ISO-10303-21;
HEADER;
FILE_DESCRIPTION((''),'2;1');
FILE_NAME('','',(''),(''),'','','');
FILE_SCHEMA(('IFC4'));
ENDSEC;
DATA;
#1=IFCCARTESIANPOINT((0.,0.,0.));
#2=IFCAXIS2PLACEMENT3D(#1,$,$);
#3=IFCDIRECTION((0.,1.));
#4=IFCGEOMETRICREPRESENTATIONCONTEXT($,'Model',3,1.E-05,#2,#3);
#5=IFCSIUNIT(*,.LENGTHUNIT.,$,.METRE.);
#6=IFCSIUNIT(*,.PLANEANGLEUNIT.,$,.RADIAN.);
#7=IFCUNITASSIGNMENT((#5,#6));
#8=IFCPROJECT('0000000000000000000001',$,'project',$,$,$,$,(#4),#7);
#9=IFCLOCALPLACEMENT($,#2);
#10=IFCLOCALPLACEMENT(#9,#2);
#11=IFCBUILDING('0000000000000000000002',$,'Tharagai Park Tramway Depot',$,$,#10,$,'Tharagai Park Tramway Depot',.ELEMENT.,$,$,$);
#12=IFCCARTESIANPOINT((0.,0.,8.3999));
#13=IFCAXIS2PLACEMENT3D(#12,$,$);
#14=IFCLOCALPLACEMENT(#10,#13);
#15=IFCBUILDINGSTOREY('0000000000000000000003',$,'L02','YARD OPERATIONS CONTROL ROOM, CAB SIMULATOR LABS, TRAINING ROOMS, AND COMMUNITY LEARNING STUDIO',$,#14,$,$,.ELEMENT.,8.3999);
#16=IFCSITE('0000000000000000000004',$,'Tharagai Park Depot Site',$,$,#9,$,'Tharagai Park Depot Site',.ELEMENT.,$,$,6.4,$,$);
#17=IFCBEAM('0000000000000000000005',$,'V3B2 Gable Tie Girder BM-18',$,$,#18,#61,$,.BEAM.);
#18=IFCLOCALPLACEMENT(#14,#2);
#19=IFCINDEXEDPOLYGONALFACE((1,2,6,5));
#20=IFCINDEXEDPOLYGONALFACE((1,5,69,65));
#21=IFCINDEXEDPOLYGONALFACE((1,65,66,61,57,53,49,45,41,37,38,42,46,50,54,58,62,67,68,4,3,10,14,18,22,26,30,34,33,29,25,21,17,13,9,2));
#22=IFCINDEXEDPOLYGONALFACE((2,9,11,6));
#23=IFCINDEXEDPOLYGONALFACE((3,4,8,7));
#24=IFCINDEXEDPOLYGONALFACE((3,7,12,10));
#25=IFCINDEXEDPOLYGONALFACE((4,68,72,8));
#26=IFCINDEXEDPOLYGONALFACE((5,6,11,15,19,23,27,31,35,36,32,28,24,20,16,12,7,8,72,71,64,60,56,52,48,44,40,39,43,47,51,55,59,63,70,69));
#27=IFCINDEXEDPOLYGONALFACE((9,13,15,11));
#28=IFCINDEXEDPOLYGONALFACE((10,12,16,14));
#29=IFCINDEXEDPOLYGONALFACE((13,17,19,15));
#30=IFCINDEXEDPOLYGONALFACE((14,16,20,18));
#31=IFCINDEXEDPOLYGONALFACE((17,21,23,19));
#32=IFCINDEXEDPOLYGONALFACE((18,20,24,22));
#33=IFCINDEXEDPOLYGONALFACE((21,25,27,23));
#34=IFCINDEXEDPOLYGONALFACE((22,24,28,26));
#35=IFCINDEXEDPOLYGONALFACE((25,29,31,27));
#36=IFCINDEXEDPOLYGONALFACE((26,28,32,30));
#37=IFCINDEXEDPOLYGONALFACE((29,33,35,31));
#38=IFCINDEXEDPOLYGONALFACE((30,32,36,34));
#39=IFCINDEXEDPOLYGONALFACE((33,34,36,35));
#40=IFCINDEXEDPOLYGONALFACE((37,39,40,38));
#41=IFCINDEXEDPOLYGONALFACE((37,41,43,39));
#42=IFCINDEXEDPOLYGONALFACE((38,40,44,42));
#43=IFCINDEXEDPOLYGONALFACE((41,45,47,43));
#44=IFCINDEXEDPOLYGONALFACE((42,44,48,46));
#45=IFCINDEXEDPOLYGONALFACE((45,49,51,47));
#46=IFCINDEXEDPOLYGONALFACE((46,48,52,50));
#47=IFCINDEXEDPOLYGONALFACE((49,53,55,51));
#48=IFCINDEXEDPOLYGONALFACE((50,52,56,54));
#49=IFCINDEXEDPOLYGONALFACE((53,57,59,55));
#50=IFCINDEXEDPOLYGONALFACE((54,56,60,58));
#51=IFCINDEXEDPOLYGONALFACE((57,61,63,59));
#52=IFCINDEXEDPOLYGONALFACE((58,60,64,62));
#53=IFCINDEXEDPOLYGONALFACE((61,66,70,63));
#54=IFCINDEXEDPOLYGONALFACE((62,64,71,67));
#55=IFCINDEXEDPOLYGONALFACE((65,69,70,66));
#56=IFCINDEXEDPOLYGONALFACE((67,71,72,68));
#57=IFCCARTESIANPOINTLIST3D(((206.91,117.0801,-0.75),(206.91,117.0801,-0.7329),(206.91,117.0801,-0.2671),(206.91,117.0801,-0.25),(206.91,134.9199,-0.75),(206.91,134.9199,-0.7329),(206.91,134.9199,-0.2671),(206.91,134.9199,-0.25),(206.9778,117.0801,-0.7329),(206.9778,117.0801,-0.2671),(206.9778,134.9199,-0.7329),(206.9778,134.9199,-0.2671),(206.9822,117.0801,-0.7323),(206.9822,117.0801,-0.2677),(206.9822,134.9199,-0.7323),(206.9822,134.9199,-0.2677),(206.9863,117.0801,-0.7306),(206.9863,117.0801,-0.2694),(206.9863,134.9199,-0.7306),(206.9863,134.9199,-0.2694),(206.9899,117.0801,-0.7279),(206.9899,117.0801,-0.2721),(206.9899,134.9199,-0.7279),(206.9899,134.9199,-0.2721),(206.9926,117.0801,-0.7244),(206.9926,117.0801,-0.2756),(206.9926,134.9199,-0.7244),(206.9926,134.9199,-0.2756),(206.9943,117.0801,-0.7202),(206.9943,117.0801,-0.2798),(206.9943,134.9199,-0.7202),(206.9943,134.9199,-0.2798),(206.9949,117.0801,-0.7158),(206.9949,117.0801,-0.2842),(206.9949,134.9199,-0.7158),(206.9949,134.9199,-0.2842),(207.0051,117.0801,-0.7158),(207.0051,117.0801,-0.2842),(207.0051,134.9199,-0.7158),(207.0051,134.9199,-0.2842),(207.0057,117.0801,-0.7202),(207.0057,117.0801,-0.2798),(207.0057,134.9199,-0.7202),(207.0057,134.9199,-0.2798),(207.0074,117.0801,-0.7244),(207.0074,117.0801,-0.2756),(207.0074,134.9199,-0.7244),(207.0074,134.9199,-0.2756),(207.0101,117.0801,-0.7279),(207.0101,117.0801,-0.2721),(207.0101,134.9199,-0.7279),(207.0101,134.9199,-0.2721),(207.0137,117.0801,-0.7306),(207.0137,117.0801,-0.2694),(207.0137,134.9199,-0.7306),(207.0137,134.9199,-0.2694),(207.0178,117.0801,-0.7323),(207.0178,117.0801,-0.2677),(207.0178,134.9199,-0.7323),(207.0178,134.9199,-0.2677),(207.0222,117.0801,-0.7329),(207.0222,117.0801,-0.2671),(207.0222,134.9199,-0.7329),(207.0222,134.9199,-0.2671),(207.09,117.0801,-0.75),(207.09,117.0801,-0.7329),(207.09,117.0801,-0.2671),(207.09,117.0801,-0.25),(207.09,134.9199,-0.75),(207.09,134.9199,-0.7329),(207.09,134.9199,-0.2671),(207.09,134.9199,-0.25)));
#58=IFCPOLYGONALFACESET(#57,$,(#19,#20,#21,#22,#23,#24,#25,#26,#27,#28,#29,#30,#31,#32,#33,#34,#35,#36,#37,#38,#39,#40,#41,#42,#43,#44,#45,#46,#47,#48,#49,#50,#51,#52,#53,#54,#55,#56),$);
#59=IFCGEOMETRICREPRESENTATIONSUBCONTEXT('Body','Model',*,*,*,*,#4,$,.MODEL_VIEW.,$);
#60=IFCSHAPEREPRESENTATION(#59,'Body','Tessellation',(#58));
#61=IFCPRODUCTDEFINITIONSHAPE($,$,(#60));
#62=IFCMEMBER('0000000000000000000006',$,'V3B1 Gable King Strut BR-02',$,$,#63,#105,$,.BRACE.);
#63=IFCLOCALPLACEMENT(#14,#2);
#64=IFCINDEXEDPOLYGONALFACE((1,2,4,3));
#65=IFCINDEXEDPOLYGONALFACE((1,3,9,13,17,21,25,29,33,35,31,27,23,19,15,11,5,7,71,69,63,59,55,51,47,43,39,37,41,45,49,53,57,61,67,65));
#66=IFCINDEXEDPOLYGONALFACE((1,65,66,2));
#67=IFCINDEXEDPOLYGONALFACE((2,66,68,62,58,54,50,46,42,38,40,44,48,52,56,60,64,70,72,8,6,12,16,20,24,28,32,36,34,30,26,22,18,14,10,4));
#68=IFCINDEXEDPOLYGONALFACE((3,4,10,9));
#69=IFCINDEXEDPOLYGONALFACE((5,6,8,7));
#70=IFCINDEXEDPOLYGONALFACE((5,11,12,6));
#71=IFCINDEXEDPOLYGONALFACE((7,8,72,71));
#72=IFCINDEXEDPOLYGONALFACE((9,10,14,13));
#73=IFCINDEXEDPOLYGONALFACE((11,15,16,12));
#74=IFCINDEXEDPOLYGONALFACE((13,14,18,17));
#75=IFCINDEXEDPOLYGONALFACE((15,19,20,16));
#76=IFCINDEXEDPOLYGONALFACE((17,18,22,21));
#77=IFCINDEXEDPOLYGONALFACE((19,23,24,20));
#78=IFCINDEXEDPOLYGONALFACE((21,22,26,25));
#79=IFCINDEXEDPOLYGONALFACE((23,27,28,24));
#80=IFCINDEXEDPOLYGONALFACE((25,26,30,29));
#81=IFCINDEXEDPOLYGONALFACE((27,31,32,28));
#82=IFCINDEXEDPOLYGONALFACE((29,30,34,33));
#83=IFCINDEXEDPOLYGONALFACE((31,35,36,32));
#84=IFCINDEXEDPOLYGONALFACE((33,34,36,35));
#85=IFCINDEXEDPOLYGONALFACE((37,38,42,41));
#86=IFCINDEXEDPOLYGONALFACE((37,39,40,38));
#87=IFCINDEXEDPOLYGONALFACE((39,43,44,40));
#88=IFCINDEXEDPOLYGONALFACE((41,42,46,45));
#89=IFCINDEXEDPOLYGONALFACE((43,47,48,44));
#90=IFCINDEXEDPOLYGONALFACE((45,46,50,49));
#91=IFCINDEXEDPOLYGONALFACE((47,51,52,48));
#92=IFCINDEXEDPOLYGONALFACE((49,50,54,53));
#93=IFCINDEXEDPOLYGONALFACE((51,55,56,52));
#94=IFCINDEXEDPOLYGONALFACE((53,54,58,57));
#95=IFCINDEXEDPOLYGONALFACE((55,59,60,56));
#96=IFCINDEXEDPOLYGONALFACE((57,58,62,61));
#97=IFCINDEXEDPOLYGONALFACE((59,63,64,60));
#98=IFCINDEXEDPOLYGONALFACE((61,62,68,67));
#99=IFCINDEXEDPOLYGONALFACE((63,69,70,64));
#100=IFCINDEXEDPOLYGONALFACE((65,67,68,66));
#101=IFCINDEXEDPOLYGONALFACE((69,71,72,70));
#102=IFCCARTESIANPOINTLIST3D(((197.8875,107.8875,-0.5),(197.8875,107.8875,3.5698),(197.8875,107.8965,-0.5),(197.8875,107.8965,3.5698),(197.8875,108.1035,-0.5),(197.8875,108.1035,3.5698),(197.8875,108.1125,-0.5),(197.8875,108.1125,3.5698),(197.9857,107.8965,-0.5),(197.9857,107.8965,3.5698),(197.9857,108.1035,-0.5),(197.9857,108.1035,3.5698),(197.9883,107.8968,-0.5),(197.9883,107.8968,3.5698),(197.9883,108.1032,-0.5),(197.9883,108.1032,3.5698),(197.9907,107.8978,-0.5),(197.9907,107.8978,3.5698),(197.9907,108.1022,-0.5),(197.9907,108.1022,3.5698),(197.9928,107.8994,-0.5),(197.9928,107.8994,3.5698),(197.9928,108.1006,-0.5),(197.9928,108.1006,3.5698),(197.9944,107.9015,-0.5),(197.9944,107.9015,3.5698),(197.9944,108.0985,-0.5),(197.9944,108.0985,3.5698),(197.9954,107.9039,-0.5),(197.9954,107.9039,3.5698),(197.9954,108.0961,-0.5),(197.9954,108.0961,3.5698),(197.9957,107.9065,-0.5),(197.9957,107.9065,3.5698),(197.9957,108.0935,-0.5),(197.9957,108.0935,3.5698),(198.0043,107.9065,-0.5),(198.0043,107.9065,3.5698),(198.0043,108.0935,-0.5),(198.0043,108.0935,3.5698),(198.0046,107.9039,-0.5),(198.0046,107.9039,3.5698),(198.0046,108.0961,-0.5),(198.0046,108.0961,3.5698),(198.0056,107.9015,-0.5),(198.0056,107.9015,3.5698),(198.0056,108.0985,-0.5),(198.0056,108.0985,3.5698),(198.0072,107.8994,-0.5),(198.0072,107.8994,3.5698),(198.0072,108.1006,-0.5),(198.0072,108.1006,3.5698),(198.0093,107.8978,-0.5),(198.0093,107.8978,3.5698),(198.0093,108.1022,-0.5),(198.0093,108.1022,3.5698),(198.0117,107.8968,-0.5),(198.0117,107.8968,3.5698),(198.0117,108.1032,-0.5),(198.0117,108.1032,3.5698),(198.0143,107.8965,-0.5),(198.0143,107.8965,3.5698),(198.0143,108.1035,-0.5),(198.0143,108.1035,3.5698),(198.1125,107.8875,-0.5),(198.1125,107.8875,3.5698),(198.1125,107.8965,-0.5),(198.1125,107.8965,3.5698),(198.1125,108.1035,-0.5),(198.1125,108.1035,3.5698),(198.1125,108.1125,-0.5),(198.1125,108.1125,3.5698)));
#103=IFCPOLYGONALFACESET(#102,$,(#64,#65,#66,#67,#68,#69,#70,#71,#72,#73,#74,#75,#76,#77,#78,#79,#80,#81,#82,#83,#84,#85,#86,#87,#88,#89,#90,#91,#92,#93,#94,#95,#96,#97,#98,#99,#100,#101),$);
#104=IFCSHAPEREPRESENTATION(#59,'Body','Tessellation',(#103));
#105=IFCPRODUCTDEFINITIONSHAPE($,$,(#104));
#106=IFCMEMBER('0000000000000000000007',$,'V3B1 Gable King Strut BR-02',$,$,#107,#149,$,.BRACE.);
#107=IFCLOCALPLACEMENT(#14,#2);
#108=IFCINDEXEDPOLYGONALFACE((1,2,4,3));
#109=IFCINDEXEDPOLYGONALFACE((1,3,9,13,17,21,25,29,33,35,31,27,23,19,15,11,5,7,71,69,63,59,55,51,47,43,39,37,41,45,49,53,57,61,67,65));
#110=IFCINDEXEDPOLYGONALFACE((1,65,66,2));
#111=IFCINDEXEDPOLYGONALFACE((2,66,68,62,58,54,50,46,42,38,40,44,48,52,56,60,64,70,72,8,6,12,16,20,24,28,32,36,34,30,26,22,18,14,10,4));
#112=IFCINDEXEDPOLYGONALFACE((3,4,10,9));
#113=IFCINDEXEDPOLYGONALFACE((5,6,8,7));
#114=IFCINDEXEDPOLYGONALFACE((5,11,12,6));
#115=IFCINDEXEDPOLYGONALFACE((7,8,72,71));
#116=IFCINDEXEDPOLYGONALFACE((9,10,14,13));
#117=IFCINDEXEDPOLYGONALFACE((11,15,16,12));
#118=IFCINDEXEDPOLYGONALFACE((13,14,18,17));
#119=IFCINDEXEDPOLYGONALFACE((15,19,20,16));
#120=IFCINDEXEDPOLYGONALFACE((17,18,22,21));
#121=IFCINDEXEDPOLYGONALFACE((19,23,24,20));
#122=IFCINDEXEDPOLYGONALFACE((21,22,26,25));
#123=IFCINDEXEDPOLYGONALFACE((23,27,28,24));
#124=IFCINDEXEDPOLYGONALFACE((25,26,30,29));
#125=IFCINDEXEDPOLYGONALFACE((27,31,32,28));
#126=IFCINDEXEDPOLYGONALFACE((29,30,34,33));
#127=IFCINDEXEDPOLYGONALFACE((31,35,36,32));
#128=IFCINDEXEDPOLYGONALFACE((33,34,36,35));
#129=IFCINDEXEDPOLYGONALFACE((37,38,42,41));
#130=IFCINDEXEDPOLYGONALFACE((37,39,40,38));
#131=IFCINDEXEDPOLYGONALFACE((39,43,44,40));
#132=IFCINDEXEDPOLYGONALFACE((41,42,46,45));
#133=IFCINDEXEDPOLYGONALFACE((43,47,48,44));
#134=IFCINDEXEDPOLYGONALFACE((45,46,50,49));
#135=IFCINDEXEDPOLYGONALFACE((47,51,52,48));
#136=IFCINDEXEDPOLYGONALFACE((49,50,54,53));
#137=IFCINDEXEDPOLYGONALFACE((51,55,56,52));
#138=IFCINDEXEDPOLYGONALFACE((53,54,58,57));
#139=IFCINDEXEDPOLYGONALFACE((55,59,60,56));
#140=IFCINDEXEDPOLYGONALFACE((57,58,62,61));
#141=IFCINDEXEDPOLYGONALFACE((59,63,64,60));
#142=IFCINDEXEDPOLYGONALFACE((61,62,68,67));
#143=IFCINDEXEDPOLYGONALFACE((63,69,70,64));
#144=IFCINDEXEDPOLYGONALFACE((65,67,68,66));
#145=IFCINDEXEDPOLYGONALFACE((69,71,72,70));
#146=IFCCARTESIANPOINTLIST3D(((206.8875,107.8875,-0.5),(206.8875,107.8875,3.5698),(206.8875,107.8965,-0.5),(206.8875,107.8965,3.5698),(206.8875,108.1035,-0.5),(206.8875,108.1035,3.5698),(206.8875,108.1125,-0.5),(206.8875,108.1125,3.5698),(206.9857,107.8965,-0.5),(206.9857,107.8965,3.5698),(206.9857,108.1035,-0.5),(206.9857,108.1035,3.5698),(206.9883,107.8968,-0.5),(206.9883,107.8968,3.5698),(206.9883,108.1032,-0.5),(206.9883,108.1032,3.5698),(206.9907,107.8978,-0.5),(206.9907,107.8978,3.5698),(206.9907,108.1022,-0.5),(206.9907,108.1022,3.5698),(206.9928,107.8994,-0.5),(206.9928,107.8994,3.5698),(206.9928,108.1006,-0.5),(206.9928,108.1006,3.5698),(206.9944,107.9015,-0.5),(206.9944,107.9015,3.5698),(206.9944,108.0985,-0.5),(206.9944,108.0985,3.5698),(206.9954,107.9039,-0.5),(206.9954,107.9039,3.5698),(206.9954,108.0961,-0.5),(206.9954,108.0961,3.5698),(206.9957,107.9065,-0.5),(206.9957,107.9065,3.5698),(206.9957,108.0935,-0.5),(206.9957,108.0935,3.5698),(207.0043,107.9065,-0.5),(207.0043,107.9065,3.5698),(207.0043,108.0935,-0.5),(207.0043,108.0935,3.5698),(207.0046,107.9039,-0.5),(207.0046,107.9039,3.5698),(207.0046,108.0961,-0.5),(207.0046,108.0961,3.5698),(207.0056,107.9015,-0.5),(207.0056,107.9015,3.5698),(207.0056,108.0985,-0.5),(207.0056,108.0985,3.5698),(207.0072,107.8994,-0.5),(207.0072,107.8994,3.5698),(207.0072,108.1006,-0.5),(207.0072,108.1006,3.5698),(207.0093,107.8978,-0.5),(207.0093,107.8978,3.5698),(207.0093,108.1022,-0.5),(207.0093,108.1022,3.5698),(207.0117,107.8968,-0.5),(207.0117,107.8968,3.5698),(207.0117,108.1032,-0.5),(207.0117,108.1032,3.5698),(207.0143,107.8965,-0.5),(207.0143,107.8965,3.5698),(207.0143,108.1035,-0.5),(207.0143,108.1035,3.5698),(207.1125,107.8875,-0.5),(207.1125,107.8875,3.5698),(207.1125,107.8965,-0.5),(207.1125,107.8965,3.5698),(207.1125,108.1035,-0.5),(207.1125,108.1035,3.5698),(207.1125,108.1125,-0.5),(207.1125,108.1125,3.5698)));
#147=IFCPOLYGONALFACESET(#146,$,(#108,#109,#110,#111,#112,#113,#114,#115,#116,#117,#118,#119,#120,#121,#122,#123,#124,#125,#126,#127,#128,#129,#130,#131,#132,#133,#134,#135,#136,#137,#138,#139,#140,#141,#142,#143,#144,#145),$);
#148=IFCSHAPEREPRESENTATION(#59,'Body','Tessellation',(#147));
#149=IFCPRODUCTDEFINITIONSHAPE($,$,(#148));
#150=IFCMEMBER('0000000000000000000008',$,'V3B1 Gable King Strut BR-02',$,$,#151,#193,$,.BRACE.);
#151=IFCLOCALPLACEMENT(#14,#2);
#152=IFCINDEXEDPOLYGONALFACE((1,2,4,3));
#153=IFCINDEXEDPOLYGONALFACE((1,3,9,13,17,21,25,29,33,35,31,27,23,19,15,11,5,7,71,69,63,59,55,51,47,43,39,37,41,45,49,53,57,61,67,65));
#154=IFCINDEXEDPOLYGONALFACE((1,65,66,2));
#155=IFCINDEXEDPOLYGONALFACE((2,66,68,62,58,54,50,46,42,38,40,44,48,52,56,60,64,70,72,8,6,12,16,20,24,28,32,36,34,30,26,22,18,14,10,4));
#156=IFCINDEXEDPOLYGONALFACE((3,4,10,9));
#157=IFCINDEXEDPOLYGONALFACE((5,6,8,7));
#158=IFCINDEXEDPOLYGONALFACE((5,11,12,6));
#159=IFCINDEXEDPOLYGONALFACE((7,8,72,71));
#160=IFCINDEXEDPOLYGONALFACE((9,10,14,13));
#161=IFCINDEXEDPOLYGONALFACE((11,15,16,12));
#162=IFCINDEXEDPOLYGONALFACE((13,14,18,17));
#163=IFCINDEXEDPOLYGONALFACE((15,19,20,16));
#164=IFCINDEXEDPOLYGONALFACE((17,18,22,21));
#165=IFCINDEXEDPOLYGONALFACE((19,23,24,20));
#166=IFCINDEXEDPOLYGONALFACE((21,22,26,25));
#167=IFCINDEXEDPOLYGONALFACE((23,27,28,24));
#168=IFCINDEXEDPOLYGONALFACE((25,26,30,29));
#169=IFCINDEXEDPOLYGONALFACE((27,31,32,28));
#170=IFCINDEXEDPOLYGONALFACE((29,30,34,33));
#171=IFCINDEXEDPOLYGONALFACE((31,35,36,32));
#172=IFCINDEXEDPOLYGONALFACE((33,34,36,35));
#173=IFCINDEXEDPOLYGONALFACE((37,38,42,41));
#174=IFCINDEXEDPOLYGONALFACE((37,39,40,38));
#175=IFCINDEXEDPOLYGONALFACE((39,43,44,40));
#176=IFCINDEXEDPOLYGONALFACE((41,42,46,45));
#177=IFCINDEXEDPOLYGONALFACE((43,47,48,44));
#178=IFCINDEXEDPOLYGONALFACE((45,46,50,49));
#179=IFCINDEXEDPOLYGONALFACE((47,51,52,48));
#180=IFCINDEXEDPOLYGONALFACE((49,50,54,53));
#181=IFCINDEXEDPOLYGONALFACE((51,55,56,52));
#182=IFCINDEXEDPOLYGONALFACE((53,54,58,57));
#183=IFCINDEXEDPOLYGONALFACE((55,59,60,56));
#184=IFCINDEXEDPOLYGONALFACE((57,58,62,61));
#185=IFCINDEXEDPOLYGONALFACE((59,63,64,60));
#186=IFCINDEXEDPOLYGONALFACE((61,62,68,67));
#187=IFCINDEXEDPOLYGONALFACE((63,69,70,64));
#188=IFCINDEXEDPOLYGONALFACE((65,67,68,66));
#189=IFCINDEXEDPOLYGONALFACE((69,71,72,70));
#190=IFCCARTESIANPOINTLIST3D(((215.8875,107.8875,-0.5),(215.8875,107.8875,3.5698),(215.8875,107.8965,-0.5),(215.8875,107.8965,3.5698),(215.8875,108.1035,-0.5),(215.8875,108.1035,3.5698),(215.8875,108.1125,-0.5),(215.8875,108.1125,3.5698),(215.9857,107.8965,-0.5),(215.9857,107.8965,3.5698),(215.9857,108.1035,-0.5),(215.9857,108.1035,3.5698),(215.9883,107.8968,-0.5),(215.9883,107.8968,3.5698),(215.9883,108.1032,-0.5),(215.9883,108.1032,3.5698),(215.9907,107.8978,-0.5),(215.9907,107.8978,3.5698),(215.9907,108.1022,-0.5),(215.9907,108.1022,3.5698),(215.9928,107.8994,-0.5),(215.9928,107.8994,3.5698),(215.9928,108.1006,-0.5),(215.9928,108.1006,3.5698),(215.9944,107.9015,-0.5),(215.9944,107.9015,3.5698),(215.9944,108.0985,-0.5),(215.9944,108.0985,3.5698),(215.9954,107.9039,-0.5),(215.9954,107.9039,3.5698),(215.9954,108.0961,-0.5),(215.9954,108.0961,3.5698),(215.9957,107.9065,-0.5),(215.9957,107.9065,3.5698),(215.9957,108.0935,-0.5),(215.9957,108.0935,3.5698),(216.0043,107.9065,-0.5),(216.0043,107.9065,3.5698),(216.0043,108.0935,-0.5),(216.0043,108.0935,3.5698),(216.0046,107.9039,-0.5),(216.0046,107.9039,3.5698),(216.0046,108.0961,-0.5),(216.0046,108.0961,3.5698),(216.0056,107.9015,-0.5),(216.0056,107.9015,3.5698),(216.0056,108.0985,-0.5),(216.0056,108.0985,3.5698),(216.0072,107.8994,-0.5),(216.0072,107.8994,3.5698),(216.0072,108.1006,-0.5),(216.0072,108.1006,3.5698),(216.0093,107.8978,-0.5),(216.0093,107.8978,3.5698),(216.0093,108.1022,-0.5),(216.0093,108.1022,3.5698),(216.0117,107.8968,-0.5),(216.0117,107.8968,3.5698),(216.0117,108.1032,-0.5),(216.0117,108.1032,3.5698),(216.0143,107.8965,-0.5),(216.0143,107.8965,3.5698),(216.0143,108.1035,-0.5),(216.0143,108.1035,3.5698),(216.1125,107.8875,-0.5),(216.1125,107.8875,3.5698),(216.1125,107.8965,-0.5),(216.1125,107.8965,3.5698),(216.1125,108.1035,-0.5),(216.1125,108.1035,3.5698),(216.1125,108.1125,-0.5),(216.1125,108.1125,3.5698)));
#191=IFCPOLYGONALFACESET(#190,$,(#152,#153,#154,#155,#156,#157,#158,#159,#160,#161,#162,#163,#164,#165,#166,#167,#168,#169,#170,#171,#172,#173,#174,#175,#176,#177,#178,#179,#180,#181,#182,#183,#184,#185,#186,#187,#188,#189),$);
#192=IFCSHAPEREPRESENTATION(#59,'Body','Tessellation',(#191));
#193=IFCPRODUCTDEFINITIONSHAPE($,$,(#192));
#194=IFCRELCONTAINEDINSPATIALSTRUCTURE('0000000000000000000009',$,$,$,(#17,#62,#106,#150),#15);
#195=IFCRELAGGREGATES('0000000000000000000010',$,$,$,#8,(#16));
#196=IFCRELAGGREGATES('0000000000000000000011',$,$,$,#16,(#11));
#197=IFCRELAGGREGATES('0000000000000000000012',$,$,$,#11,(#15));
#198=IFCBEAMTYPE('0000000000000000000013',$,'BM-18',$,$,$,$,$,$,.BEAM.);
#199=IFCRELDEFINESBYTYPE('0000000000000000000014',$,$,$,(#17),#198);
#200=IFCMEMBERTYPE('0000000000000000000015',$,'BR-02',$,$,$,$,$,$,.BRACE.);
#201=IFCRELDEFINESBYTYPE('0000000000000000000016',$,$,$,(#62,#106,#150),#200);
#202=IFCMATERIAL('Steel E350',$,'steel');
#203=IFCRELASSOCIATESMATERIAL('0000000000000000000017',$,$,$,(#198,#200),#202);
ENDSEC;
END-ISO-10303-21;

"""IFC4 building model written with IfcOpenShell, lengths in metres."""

from ifc_helpers import new_model, si_unit, direction, frame, origin, origin_2d, place, context, subcontext, project, spatial, i_section, extrude, material, material_profile, profile_set, type_object, element, save


model = new_model("IFC4")

# Units and contexts
model_context = context("Model", 3, precision=1e-05, world=origin(), true_north=direction((0.0, 1.0)))
body_context = subcontext(model_context, "Body", "Model", "MODEL_VIEW")
ifc_project = project(units=[si_unit("LENGTHUNIT", "METRE"), si_unit("PLANEANGLEUNIT", "RADIAN")], contexts=[model_context])

# Site, building, storey
site_placement = place(None, origin())
site = spatial("IfcSite", under=ifc_project, at=site_placement, Name="Tharagai Park Depot Site", LongName="Tharagai Park Depot Site", CompositionType="ELEMENT", RefElevation=6.4)
building_placement = place(site_placement, origin())
building = spatial("IfcBuilding", under=site, at=building_placement, Name="Tharagai Park Tramway Depot", LongName="Tharagai Park Tramway Depot", CompositionType="ELEMENT")
storey_placement = place(building_placement, frame((0.0, 0.0, 8.3999)))
storey = spatial("IfcBuildingStorey", under=building, at=storey_placement, Name="L02", Description="YARD OPERATIONS CONTROL ROOM, CAB SIMULATOR LABS, TRAINING ROOMS, AND COMMUNITY LEARNING STUDIO", CompositionType="ELEMENT", Elevation=8.3999)

# Beam
ifc_material_1 = material(Name="Steel E350", Category="steel")
ifc_material_profile_1 = material_profile(ifc_material_1, i_section(OverallWidth=0.1799, OverallDepth=0.5, WebThickness=0.0103, FlangeThickness=0.0171, FilletRadius=0.0171, at=origin_2d()), Name="ISMB 500")
ifc_profile_set_1 = profile_set([ifc_material_profile_1], Name="Steel E350")
beam_type = type_object("IfcBeamType", Name="BM-18", PredefinedType="BEAM", material=ifc_profile_set_1)
for number, where, z_axis, x_axis, name in (
    (1, (207.0, 117.0801, -0.5), (0.0, 1.0, 0.0), (-1.0, 0.0, 0.0), "V3B2 Gable Tie Girder BM-18"),
):
    element("IfcBeam", number, at=place(storey_placement, frame(where, z_axis=z_axis, x_axis=x_axis)), inside=storey, type_object=beam_type, Name=name, PredefinedType="BEAM", context=body_context, shape_type="SweptSolid", body=[
        extrude(i_section(OverallWidth=0.1799, OverallDepth=0.5, WebThickness=0.0103, FlangeThickness=0.0171, FilletRadius=0.0171, at=origin_2d()), origin(), (0.0, 0.0, 1.0), 17.8398),
    ])

# Members
ifc_material_profile_2 = material_profile(ifc_material_1, i_section(OverallWidth=0.2251, OverallDepth=0.2251, WebThickness=0.0085, FlangeThickness=0.009, FilletRadius=0.01, at=origin_2d()), Name="ISHB 225")
ifc_profile_set_2 = profile_set([ifc_material_profile_2], Name="Steel E350")
member_type_1 = type_object("IfcMemberType", Name="BR-02", PredefinedType="BRACE", material=ifc_profile_set_2)
for number, where, z_axis, x_axis, name in (
    (2, (198.0, 108.0, -0.5), (0.0, 0.0, 1.0), (1.0, 0.0, 0.0), "V3B1 Gable King Strut BR-02"),
    (3, (207.0, 108.0, -0.5), (0.0, 0.0, 1.0), (1.0, 0.0, 0.0), "V3B1 Gable King Strut BR-02"),
    (4, (216.0, 108.0, -0.5), (0.0, 0.0, 1.0), (1.0, 0.0, 0.0), "V3B1 Gable King Strut BR-02"),
):
    element("IfcMember", number, at=place(storey_placement, frame(where, z_axis=z_axis, x_axis=x_axis)), inside=storey, type_object=member_type_1, Name=name, PredefinedType="BRACE", context=body_context, shape_type="SweptSolid", body=[
        extrude(i_section(OverallWidth=0.2251, OverallDepth=0.2251, WebThickness=0.0085, FlangeThickness=0.009, FilletRadius=0.01, at=origin_2d()), origin(), (0.0, 0.0, 1.0), 4.0698),
    ])

save(model, "model.ifc")
